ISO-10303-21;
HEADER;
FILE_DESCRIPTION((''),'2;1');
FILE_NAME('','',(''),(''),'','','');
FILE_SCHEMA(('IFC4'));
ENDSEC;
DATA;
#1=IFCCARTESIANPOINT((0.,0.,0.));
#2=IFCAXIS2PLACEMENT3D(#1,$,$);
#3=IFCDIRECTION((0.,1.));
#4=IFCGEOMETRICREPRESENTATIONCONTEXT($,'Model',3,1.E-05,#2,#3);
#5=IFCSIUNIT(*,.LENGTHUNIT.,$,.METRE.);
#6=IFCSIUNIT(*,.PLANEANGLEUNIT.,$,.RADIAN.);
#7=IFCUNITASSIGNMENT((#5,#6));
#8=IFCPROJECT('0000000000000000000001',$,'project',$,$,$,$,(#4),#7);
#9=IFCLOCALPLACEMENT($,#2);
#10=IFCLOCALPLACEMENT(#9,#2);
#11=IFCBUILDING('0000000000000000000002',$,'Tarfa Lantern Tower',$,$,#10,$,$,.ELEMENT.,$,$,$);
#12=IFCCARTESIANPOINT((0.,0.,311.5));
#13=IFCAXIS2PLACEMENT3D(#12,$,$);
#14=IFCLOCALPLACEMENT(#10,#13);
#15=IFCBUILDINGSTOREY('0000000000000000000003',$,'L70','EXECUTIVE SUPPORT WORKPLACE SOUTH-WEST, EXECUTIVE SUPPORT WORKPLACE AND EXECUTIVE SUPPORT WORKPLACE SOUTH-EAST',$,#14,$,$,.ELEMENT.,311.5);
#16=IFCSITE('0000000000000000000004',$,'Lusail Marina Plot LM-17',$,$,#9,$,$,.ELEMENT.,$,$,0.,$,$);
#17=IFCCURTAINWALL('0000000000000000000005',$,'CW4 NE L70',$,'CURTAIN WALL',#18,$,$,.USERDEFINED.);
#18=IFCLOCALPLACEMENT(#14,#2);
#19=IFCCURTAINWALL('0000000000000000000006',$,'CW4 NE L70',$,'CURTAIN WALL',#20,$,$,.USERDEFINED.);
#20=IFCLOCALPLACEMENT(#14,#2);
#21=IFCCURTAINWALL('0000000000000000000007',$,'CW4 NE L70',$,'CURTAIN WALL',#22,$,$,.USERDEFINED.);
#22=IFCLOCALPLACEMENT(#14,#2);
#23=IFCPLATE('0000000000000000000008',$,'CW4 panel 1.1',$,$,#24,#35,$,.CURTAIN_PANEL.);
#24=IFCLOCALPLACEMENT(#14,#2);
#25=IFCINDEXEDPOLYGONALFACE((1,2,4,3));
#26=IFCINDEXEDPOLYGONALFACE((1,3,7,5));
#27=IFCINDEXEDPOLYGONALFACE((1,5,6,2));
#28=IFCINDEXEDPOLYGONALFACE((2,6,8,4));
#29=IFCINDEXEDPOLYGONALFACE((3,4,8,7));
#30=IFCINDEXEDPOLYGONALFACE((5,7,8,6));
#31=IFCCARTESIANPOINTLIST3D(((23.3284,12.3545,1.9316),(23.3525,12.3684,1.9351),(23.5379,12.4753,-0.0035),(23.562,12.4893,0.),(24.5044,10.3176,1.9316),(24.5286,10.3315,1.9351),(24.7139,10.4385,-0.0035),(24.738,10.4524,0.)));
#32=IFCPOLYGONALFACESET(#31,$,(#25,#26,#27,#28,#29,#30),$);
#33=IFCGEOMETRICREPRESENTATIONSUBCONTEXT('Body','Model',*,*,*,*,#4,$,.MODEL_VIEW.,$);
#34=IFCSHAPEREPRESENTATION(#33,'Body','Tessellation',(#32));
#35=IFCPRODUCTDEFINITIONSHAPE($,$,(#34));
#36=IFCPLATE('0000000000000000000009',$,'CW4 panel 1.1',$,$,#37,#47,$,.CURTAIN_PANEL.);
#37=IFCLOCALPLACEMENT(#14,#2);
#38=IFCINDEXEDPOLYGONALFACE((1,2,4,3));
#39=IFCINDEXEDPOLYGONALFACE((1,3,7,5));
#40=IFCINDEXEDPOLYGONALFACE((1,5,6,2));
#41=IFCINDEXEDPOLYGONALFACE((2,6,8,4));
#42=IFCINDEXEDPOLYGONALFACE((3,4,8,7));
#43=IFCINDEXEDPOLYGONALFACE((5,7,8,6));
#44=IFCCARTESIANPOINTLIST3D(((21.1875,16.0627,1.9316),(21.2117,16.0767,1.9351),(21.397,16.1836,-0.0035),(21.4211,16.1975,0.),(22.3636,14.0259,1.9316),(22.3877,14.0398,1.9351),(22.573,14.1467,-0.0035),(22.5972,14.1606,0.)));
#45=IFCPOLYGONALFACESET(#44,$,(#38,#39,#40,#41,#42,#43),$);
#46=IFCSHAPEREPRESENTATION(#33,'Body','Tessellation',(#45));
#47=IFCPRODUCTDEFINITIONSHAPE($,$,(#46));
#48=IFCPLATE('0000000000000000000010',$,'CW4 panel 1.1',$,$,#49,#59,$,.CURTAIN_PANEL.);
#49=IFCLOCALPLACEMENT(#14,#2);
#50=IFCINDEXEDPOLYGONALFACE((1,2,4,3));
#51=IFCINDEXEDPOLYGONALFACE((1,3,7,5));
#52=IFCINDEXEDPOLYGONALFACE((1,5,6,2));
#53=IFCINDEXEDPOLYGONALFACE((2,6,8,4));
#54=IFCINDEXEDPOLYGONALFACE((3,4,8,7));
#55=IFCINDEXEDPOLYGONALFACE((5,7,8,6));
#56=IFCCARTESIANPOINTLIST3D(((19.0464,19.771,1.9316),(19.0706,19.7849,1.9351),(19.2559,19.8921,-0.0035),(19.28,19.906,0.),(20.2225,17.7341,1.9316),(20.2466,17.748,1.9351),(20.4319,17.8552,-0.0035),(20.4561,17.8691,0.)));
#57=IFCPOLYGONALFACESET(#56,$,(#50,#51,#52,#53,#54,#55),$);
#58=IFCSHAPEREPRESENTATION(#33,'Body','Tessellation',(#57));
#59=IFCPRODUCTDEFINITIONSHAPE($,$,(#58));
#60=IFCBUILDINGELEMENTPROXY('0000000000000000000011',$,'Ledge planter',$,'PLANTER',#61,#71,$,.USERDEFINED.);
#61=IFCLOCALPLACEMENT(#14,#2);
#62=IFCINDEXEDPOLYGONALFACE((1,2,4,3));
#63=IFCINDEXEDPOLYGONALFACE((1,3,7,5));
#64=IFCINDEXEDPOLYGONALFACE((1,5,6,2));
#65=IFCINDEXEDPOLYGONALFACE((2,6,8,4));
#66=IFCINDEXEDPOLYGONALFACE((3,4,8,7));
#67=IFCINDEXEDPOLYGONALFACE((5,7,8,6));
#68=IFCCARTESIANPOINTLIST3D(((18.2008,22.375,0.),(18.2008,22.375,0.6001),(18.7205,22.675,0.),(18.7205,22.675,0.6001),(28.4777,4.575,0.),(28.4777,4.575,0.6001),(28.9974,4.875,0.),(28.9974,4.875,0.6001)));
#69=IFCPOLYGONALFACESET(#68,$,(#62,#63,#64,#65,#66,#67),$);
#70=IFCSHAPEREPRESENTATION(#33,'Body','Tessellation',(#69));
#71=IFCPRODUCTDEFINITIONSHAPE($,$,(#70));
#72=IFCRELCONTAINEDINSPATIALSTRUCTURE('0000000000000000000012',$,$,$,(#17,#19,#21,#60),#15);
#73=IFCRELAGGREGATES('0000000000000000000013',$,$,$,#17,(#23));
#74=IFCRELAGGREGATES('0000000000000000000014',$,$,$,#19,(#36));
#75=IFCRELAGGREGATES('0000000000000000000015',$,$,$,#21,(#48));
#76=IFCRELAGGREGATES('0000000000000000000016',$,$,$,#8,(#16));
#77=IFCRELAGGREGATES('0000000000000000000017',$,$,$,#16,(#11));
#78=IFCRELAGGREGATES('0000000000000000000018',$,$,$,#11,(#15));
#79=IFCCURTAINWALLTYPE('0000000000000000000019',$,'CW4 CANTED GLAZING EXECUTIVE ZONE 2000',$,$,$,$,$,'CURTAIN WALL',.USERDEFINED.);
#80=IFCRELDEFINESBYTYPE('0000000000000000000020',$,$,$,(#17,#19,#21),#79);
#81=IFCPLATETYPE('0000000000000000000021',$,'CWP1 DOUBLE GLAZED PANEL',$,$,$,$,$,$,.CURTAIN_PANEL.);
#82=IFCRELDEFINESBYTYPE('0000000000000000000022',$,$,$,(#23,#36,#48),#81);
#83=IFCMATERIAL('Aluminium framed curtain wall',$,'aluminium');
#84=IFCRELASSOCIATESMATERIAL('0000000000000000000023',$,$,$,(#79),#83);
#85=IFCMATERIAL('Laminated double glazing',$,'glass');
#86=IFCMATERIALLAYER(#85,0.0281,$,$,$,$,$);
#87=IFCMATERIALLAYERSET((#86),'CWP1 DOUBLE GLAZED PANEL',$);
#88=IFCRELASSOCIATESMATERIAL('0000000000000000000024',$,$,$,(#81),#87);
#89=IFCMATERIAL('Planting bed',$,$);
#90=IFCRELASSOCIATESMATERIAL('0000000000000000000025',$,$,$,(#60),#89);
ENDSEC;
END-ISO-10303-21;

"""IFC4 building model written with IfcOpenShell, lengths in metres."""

from ifc_helpers import new_model, si_unit, direction, frame, origin, origin_2d, place, context, subcontext, project, spatial, polyline, rectangle, outline, extrude, material, layer, layer_set, type_object, element, aggregate, save


model = new_model("IFC4")

# Units and contexts
model_context = context("Model", 3, precision=1e-05, world=origin(), true_north=direction((0.0, 1.0)))
body_context = subcontext(model_context, "Body", "Model", "MODEL_VIEW")
ifc_project = project(units=[si_unit("LENGTHUNIT", "METRE"), si_unit("PLANEANGLEUNIT", "RADIAN")], contexts=[model_context])

# Site, building, storey
site_placement = place(None, origin())
site = spatial("IfcSite", under=ifc_project, at=site_placement, Name="Lusail Marina Plot LM-17", CompositionType="ELEMENT", RefElevation=0.0)
building_placement = place(site_placement, origin())
building = spatial("IfcBuilding", under=site, at=building_placement, Name="Tarfa Lantern Tower", CompositionType="ELEMENT")
storey_placement = place(building_placement, frame((0.0, 0.0, 311.5)))
storey = spatial("IfcBuildingStorey", under=building, at=storey_placement, Name="L70", Description="EXECUTIVE SUPPORT WORKPLACE SOUTH-WEST, EXECUTIVE SUPPORT WORKPLACE AND EXECUTIVE SUPPORT WORKPLACE SOUTH-EAST", CompositionType="ELEMENT", Elevation=311.5)

# Curtain walls
ifc_material_1 = material(Name="Aluminium framed curtain wall", Category="aluminium")
curtain_wall_type = type_object("IfcCurtainWallType", Name="CW4 CANTED GLAZING EXECUTIVE ZONE 2000", ElementType="CURTAIN WALL", PredefinedType="USERDEFINED", material=ifc_material_1)
curtain_wall_1_placement = place(storey_placement, origin())
curtain_wall_1 = element("IfcCurtainWall", 1, at=curtain_wall_1_placement, inside=storey, type_object=curtain_wall_type, Name="CW4 NE L70", ObjectType="CURTAIN WALL", PredefinedType="USERDEFINED")
curtain_wall_2_placement = place(storey_placement, origin())
curtain_wall_2 = element("IfcCurtainWall", 2, at=curtain_wall_2_placement, inside=storey, type_object=curtain_wall_type, Name="CW4 NE L70", ObjectType="CURTAIN WALL", PredefinedType="USERDEFINED")
curtain_wall_3_placement = place(storey_placement, origin())
curtain_wall_3 = element("IfcCurtainWall", 3, at=curtain_wall_3_placement, inside=storey, type_object=curtain_wall_type, Name="CW4 NE L70", ObjectType="CURTAIN WALL", PredefinedType="USERDEFINED")

# Plates
ifc_material_2 = material(Name="Laminated double glazing", Category="glass")
ifc_layer = layer(ifc_material_2, 0.0281)
ifc_layer_set = layer_set([ifc_layer], Name="CWP1 DOUBLE GLAZED PANEL")
plate_type = type_object("IfcPlateType", Name="CWP1 DOUBLE GLAZED PANEL", PredefinedType="CURTAIN_PANEL", material=ifc_layer_set)
plate_1_placement = place(storey_placement, frame((24.738, 10.4524, 0.0), z_axis=(0.859333, 0.496153, 0.12401), x_axis=(-0.500013, 0.866018, 0.0)))
plate_1 = element("IfcPlate", 4, at=plate_1_placement, type_object=plate_type, Name="CW4 panel 1.1", PredefinedType="CURTAIN_PANEL", context=body_context, shape_type="SweptSolid", body=[
    extrude(outline(polyline([(0.0, 0.0), (2.352, 0.0), (2.3521, 1.9501), (0.0001, 1.9501), (0.0, 0.0)])), origin(), (0.0, 0.0, -1.0), 0.0281),
])
aggregate(curtain_wall_1, [plate_1])
plate_2_placement = place(storey_placement, frame((22.5972, 14.1606, 0.0), z_axis=(0.859333, 0.496153, 0.12401), x_axis=(-0.500013, 0.866018, 0.0)))
plate_2 = element("IfcPlate", 5, at=plate_2_placement, type_object=plate_type, Name="CW4 panel 1.1", PredefinedType="CURTAIN_PANEL", context=body_context, shape_type="SweptSolid", body=[
    extrude(outline(polyline([(0.0, 0.0), (2.352, 0.0), (2.3521, 1.9501), (0.0001, 1.9501), (0.0, 0.0)])), origin(), (0.0, 0.0, -1.0), 0.0281),
])
aggregate(curtain_wall_2, [plate_2])
plate_3_placement = place(storey_placement, frame((20.4561, 17.8691, 0.0), z_axis=(0.859326, 0.49615, 0.124072), x_axis=(-0.500013, 0.866018, 0.0)))
plate_3 = element("IfcPlate", 6, at=plate_3_placement, type_object=plate_type, Name="CW4 panel 1.1", PredefinedType="CURTAIN_PANEL", context=body_context, shape_type="SweptSolid", body=[
    extrude(outline(polyline([(0.0, 0.0), (2.352, 0.0), (2.3519, 1.9501), (-0.0001, 1.9501), (0.0, 0.0)])), origin(), (0.0, 0.0, -1.0), 0.0281),
])
aggregate(curtain_wall_3, [plate_3])

# Building element proxy
ifc_material_3 = material(Name="Planting bed")
proxy_placement = place(storey_placement, frame((23.5991, 13.625, 0.0), z_axis=(0.0, 0.0, 1.0), x_axis=(-0.5, 0.866025, 0.0)))
element("IfcBuildingElementProxy", 7, at=proxy_placement, inside=storey, material=ifc_material_3, Name="Ledge planter", ObjectType="PLANTER", PredefinedType="USERDEFINED", context=body_context, shape_type="SweptSolid", body=[
    extrude(rectangle(XDim=20.5537, YDim=0.6001, at=origin_2d()), origin(), (0.0, 0.0, 1.0), 0.6001),
])

save(model, "model.ifc")
